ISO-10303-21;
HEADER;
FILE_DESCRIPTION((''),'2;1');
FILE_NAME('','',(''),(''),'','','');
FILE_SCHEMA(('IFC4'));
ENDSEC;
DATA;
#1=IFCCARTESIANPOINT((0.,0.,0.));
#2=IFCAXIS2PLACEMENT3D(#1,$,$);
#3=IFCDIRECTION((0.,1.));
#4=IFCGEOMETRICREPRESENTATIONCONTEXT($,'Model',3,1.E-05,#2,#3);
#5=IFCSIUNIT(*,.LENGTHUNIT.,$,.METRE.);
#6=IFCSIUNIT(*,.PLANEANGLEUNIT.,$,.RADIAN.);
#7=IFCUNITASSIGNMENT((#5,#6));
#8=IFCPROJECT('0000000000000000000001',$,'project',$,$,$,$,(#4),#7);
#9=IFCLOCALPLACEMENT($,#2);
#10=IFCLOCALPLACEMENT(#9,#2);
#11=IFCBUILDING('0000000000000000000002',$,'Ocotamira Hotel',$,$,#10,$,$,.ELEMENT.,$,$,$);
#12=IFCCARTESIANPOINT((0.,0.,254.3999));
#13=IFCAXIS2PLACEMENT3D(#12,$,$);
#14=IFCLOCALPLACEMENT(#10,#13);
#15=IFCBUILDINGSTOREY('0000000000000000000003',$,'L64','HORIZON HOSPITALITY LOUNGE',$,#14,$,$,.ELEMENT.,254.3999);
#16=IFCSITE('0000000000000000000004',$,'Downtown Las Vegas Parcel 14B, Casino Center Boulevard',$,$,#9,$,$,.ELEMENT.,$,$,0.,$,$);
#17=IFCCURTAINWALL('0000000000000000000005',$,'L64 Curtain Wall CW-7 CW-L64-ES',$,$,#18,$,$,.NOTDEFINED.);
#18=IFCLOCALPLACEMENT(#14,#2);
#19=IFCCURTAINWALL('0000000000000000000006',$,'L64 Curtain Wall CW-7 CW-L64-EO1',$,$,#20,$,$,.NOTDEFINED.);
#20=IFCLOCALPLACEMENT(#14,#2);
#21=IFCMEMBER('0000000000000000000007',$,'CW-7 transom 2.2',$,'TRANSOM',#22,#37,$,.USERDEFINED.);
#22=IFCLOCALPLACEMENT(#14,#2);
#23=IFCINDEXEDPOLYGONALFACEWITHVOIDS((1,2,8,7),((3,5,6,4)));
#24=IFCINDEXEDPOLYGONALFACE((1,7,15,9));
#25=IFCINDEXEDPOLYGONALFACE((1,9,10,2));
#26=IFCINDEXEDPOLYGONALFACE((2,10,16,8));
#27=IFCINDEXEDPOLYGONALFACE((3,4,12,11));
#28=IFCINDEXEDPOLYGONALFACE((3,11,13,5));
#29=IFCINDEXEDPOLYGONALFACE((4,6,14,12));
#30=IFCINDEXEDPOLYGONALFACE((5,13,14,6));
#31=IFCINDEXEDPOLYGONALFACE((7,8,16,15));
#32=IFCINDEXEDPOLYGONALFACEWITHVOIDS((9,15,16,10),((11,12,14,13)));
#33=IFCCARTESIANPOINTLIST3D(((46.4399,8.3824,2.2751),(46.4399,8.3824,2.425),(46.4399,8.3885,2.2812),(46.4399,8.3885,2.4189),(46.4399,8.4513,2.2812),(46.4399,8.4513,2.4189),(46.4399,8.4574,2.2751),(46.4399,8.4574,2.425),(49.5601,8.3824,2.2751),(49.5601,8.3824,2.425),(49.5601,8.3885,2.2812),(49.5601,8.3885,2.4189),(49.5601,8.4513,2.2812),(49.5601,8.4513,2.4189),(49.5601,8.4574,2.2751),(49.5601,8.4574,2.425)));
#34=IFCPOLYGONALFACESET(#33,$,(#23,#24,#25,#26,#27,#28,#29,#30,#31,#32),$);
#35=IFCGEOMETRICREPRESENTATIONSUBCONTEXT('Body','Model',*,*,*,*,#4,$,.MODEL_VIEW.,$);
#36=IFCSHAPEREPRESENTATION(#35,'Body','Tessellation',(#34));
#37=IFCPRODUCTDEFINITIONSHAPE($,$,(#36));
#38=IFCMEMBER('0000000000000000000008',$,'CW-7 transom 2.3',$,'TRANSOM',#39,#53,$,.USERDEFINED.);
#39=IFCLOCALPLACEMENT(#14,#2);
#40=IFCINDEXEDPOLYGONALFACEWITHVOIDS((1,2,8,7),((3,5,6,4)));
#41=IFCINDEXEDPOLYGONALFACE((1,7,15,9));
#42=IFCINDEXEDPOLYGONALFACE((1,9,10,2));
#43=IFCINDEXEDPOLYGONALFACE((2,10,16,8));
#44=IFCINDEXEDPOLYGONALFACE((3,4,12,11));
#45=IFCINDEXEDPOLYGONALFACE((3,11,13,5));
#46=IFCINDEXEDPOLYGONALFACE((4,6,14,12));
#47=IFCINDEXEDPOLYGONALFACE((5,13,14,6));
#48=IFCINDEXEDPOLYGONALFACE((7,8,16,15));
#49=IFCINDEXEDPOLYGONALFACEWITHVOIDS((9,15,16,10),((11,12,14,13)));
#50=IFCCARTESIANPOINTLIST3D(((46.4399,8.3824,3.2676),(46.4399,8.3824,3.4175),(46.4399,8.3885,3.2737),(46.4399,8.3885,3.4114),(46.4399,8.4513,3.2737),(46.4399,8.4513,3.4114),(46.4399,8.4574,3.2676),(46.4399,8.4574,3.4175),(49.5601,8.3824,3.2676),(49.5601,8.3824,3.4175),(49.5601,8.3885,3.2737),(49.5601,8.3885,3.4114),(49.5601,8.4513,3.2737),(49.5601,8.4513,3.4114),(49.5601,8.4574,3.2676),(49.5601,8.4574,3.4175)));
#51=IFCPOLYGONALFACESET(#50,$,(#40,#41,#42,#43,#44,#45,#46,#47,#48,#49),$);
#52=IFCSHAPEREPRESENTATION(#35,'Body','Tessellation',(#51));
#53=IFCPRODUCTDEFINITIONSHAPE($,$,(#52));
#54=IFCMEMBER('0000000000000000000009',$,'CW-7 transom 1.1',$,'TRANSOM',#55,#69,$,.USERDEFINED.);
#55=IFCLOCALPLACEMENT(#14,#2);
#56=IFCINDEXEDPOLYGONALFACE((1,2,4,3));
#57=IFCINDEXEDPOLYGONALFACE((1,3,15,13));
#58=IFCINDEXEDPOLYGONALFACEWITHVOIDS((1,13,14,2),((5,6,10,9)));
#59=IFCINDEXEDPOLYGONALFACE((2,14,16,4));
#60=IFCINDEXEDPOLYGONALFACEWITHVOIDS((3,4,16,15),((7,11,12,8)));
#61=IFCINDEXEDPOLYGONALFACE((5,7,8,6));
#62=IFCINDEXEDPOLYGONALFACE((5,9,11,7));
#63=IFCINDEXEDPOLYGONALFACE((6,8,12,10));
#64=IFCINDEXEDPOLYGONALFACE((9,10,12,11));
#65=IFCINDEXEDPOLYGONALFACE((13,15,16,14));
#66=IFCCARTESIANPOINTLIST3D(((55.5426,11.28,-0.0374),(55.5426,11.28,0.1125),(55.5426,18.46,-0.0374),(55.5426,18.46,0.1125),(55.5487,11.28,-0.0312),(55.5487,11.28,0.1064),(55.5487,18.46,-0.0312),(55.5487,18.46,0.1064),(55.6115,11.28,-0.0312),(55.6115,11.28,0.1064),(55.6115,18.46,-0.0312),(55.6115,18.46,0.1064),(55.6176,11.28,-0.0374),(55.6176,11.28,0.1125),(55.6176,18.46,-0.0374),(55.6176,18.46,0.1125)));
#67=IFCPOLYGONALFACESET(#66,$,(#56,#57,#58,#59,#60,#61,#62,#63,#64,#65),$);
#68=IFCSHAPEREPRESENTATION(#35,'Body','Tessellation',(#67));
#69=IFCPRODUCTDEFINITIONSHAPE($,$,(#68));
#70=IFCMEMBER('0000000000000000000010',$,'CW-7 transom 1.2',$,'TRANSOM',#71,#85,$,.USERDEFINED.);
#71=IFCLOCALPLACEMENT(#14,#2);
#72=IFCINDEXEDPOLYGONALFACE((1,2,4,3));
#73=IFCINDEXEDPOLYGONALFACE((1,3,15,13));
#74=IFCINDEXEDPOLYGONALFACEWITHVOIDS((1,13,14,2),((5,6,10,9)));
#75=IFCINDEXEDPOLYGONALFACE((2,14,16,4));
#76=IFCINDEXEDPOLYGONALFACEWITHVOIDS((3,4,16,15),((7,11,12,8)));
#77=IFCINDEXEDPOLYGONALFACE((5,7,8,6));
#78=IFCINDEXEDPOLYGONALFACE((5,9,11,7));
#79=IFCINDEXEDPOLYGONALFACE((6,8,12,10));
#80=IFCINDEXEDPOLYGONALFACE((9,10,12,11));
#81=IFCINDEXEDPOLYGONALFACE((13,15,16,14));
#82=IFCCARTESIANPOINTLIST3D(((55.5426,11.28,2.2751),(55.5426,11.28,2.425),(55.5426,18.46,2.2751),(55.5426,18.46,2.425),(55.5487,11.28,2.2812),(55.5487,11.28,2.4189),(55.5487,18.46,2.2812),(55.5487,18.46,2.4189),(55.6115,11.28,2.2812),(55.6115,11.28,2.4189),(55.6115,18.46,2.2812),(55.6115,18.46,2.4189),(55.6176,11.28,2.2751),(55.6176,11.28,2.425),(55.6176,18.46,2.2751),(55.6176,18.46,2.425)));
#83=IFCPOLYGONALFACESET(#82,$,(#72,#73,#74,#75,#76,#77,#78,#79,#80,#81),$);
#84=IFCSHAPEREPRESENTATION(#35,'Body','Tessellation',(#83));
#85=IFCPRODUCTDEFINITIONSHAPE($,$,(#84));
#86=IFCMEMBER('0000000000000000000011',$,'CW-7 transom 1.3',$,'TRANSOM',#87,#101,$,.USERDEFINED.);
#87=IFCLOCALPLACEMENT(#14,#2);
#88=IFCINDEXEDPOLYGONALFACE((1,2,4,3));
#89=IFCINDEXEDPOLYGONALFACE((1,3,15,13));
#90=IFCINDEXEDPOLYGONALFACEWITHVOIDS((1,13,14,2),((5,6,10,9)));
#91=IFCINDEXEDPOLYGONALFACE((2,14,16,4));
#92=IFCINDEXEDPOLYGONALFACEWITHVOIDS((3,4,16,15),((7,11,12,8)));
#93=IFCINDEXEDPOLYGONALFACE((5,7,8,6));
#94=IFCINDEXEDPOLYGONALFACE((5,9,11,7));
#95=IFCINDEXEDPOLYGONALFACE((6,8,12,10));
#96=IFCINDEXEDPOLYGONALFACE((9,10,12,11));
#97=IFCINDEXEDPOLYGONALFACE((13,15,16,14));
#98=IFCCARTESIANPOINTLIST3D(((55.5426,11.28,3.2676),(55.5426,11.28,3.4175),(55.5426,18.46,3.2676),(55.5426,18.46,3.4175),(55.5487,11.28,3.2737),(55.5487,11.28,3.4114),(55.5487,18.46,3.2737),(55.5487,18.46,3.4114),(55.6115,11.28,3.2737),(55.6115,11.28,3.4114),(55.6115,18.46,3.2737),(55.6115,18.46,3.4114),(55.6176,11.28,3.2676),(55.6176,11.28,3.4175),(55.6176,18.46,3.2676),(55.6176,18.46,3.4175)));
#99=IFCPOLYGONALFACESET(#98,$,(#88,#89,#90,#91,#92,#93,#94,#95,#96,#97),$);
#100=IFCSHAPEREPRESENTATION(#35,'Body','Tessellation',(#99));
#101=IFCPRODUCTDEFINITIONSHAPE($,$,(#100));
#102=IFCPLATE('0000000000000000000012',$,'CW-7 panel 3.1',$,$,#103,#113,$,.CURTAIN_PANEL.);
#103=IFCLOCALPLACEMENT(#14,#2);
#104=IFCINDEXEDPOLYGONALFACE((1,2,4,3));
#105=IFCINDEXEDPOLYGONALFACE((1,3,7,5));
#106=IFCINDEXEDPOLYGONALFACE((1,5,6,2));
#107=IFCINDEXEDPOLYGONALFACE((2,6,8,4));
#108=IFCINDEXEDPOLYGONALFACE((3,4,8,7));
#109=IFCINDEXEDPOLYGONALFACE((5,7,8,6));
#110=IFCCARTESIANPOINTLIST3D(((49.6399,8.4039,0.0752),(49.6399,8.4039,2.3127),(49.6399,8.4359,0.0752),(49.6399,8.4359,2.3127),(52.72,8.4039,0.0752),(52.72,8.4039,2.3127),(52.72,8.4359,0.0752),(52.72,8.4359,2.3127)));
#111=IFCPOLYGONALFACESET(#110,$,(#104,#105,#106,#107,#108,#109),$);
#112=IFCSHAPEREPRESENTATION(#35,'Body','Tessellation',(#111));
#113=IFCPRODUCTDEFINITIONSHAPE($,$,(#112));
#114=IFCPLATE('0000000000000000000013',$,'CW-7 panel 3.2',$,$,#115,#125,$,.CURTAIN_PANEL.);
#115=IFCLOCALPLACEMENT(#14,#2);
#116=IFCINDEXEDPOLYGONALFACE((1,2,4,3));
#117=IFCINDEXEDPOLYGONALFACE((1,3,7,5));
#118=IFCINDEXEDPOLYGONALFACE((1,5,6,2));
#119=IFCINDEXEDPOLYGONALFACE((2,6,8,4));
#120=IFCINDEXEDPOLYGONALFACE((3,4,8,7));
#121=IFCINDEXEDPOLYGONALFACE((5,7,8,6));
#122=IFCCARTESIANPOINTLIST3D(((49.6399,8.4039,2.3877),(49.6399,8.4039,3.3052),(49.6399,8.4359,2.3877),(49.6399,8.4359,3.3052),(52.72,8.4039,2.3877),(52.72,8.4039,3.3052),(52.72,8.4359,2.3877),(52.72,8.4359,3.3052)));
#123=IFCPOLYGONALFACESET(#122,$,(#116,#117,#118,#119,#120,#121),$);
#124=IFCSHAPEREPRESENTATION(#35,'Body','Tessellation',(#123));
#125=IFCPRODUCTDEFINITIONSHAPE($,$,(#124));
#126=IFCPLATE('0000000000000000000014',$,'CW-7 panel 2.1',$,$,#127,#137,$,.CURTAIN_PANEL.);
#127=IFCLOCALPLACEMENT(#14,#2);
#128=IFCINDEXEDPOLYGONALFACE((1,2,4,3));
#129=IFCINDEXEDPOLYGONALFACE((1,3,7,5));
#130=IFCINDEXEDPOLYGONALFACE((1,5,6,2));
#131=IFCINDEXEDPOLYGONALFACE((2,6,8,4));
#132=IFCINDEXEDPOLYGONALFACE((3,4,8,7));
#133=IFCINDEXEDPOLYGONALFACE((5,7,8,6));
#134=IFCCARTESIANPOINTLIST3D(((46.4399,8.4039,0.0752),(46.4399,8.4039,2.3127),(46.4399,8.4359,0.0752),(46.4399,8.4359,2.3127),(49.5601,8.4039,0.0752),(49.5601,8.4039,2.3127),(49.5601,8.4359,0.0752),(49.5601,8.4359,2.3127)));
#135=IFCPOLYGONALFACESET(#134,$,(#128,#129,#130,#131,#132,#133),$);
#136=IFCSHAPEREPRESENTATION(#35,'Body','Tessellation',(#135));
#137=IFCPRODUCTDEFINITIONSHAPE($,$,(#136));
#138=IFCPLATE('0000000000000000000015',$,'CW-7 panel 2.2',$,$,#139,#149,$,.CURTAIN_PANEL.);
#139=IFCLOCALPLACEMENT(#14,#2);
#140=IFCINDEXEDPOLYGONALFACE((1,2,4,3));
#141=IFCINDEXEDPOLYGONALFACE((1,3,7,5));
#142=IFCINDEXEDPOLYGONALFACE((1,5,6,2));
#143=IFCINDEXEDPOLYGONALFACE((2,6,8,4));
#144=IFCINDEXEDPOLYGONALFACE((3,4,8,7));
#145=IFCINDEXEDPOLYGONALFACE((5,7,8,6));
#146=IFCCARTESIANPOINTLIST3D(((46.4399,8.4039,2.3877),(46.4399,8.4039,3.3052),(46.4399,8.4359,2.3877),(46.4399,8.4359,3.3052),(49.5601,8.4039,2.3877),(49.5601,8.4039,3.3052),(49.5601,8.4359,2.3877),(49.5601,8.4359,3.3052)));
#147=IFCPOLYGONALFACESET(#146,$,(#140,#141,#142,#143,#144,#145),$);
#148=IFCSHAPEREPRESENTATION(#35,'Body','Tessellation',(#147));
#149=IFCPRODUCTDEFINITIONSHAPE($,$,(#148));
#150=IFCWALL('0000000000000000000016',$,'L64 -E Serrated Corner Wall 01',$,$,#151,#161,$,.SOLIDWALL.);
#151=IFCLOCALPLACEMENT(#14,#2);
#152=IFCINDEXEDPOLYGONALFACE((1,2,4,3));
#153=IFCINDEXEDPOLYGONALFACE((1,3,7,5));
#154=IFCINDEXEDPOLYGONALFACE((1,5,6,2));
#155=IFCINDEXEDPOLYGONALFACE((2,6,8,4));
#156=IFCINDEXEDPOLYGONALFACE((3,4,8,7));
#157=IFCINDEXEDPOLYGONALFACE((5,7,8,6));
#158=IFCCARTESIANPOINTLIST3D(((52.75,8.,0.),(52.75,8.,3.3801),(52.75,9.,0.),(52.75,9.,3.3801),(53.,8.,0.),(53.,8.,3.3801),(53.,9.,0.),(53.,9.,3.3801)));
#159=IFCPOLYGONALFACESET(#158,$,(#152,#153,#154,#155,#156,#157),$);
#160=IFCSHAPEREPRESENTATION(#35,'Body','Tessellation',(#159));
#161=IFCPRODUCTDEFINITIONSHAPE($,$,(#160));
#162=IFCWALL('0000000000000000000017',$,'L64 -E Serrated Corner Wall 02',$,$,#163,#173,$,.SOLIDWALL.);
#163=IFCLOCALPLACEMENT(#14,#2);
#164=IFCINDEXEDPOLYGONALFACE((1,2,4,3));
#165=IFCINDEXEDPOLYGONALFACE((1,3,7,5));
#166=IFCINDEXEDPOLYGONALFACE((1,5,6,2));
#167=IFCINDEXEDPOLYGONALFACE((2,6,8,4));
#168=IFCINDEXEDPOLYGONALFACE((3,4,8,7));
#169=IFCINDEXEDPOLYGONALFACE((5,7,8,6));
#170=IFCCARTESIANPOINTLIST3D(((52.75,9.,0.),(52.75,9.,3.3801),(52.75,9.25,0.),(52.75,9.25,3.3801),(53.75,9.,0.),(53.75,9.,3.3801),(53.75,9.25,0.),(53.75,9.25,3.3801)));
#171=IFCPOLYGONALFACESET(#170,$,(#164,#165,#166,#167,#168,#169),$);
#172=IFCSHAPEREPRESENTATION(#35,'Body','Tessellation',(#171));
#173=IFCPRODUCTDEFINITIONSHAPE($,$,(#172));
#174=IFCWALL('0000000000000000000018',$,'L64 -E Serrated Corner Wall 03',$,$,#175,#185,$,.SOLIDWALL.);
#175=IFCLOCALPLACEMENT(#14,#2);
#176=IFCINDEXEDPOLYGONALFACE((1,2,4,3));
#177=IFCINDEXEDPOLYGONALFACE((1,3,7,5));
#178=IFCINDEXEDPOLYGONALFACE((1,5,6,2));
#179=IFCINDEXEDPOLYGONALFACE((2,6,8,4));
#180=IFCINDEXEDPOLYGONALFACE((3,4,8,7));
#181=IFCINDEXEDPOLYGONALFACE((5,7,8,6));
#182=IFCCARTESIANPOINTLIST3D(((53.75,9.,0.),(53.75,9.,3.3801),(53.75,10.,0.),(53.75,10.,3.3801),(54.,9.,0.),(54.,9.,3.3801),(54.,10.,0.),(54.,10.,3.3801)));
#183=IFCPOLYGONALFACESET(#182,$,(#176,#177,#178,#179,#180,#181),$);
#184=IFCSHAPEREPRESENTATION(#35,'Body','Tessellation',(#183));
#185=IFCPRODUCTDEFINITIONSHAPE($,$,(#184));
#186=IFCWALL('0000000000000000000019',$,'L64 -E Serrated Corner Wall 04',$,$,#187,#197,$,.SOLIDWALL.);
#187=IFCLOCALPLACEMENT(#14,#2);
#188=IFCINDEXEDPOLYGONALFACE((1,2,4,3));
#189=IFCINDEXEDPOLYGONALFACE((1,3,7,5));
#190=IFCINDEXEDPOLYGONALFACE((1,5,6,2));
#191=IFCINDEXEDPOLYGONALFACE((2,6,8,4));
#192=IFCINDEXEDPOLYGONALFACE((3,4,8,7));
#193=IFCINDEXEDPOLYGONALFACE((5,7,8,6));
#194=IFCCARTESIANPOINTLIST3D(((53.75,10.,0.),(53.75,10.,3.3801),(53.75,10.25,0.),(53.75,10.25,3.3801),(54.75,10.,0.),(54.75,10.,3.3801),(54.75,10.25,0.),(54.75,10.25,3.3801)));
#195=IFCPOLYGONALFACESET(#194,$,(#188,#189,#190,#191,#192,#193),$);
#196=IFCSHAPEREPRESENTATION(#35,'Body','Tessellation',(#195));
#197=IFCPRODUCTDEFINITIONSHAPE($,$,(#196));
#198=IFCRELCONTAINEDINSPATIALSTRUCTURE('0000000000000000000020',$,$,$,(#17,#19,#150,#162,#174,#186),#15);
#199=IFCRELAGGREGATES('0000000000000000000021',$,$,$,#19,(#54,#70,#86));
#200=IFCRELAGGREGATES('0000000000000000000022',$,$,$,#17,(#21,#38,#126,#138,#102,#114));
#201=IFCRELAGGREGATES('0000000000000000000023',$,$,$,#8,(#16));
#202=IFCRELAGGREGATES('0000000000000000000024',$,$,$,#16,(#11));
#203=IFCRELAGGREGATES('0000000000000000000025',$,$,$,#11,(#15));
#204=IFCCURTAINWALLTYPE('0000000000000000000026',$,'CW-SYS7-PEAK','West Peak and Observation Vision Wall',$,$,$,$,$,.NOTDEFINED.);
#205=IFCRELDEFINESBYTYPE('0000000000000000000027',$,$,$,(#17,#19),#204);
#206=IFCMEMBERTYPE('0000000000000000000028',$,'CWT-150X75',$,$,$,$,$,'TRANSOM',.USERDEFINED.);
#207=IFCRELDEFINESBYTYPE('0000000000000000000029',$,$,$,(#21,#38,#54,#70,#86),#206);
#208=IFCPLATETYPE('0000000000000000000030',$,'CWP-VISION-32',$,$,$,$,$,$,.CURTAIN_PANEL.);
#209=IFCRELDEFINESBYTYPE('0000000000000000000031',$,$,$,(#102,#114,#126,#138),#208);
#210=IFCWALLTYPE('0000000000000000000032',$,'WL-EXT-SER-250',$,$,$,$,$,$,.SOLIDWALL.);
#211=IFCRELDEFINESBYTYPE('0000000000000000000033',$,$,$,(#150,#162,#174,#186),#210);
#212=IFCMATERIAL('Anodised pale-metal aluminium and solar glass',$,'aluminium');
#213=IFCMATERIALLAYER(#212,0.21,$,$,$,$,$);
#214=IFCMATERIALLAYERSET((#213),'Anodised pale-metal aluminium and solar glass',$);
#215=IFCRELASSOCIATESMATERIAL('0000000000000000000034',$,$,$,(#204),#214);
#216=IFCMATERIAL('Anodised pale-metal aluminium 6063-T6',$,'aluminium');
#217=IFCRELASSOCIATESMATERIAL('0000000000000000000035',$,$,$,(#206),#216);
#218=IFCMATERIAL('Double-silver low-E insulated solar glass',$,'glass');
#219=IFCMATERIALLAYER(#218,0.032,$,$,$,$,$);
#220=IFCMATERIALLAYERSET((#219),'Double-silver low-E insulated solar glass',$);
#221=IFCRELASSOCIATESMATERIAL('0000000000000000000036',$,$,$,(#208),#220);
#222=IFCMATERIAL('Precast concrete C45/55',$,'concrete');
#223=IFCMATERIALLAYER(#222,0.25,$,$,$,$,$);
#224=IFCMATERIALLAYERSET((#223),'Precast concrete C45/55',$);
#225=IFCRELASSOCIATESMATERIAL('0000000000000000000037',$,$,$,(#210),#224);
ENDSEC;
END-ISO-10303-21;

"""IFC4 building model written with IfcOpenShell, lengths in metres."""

from ifc_helpers import new_model, si_unit, direction, frame, frame_2d, origin, origin_2d, place, context, subcontext, project, spatial, rectangle, hollow_rectangle, extrude, source, transform, mapped, material, layer, layer_set, material_profile, profile_set, type_object, element, aggregate, save


model = new_model("IFC4")

# Units and contexts
model_context = context("Model", 3, precision=1e-05, world=origin(), true_north=direction((0.0, 1.0)))
body_context = subcontext(model_context, "Body", "Model", "MODEL_VIEW")
ifc_project = project(units=[si_unit("LENGTHUNIT", "METRE"), si_unit("PLANEANGLEUNIT", "RADIAN")], contexts=[model_context])

# Site, building, storey
site_placement = place(None, origin())
site = spatial("IfcSite", under=ifc_project, at=site_placement, Name="Downtown Las Vegas Parcel 14B, Casino Center Boulevard", CompositionType="ELEMENT", RefElevation=0.0)
building_placement = place(site_placement, origin())
building = spatial("IfcBuilding", under=site, at=building_placement, Name="Ocotamira Hotel", CompositionType="ELEMENT")
storey_placement = place(building_placement, frame((0.0, 0.0, 254.3999)))
storey = spatial("IfcBuildingStorey", under=building, at=storey_placement, Name="L64", Description="HORIZON HOSPITALITY LOUNGE", CompositionType="ELEMENT", Elevation=254.3999)

# Curtain wall
ifc_material_1 = material(Name="Anodised pale-metal aluminium and solar glass", Category="aluminium")
ifc_layer_1 = layer(ifc_material_1, 0.21)
ifc_layer_set_1 = layer_set([ifc_layer_1], Name="Anodised pale-metal aluminium and solar glass")
curtain_wall_type = type_object("IfcCurtainWallType", Name="CW-SYS7-PEAK", Description="West Peak and Observation Vision Wall", PredefinedType="NOTDEFINED", material=ifc_layer_set_1)
curtain_wall_1_placement = place(storey_placement, origin())
curtain_wall_1 = element("IfcCurtainWall", 1, at=curtain_wall_1_placement, inside=storey, type_object=curtain_wall_type, Name="L64 Curtain Wall CW-7 CW-L64-ES", PredefinedType="NOTDEFINED")
ifc_material_2 = material(Name="Anodised pale-metal aluminium 6063-T6", Category="aluminium")

# Curtain wall
curtain_wall_2_placement = place(storey_placement, origin())
curtain_wall_2 = element("IfcCurtainWall", 2, at=curtain_wall_2_placement, inside=storey, type_object=curtain_wall_type, Name="L64 Curtain Wall CW-7 CW-L64-EO1", PredefinedType="NOTDEFINED")

# Members
ifc_material_profile_1 = material_profile(ifc_material_2, hollow_rectangle(XDim=0.075, YDim=0.1499, WallThickness=0.0061, at=origin_2d()), Name="HSS150X75X6")
ifc_profile_set_1 = profile_set([ifc_material_profile_1], Name="Anodised pale-metal aluminium 6063-T6")
member_type_1 = type_object("IfcMemberType", Name="CWT-150X75", ElementType="TRANSOM", PredefinedType="USERDEFINED", material=ifc_profile_set_1)
shared_shape_1 = source(origin(), body_context, "Body", "SweptSolid", [
    extrude(hollow_rectangle(XDim=0.075, YDim=0.1499, WallThickness=0.0061, at=origin_2d()), origin(), (0.0, 0.0, 1.0), 3.1201),
])
member_1_placement = place(storey_placement, frame((46.4399, 8.4199, 2.3501), z_axis=(1.0, 0.0, 0.0), x_axis=(0.0, 1.0, 0.0)))
member_1 = element("IfcMember", 3, at=member_1_placement, type_object=member_type_1, Name="CW-7 transom 2.2", ObjectType="TRANSOM", PredefinedType="USERDEFINED", context=body_context, shape_type="MappedRepresentation", body=[
    mapped(shared_shape_1, transform((0.0, 0.0, 0.0), scale=1.0)),
])
member_2_placement = place(storey_placement, frame((46.4399, 8.4199, 3.3425), z_axis=(1.0, 0.0, 0.0), x_axis=(0.0, 1.0, 0.0)))
member_2 = element("IfcMember", 4, at=member_2_placement, type_object=member_type_1, Name="CW-7 transom 2.3", ObjectType="TRANSOM", PredefinedType="USERDEFINED", context=body_context, shape_type="MappedRepresentation", body=[
    mapped(shared_shape_1, transform((0.0, 0.0, 0.0), scale=1.0)),
])
shared_shape_2 = source(origin(), body_context, "Body", "SweptSolid", [
    extrude(hollow_rectangle(XDim=0.075, YDim=0.1499, WallThickness=0.0061, at=origin_2d()), origin(), (0.0, 0.0, 1.0), 7.1799),
])
member_3_placement = place(storey_placement, frame((55.5801, 11.28, 0.0376), z_axis=(0.0, 1.0, 0.0), x_axis=(-1.0, 0.0, 0.0)))
member_3 = element("IfcMember", 5, at=member_3_placement, type_object=member_type_1, Name="CW-7 transom 1.1", ObjectType="TRANSOM", PredefinedType="USERDEFINED", context=body_context, shape_type="MappedRepresentation", body=[
    mapped(shared_shape_2, transform((0.0, 0.0, 0.0), scale=1.0)),
])
member_4_placement = place(storey_placement, frame((55.5801, 11.28, 2.3501), z_axis=(0.0, 1.0, 0.0), x_axis=(-1.0, 0.0, 0.0)))
member_4 = element("IfcMember", 6, at=member_4_placement, type_object=member_type_1, Name="CW-7 transom 1.2", ObjectType="TRANSOM", PredefinedType="USERDEFINED", context=body_context, shape_type="MappedRepresentation", body=[
    mapped(shared_shape_2, transform((0.0, 0.0, 0.0), scale=1.0)),
])
member_5_placement = place(storey_placement, frame((55.5801, 11.28, 3.3425), z_axis=(0.0, 1.0, 0.0), x_axis=(-1.0, 0.0, 0.0)))
member_5 = element("IfcMember", 7, at=member_5_placement, type_object=member_type_1, Name="CW-7 transom 1.3", ObjectType="TRANSOM", PredefinedType="USERDEFINED", context=body_context, shape_type="MappedRepresentation", body=[
    mapped(shared_shape_2, transform((0.0, 0.0, 0.0), scale=1.0)),
])
aggregate(curtain_wall_2, [member_3, member_4, member_5])

# Plates
ifc_material_3 = material(Name="Double-silver low-E insulated solar glass", Category="glass")
ifc_layer_2 = layer(ifc_material_3, 0.032)
ifc_layer_set_2 = layer_set([ifc_layer_2], Name="Double-silver low-E insulated solar glass")
plate_type = type_object("IfcPlateType", Name="CWP-VISION-32", PredefinedType="CURTAIN_PANEL", material=ifc_layer_set_2)
shared_shape_3 = source(origin(), body_context, "Body", "SweptSolid", [
    extrude(rectangle(XDim=3.0801, YDim=0.032, at=origin_2d()), origin(), (0.0, 0.0, 1.0), 2.2375),
])
plate_1_placement = place(storey_placement, frame((51.1799, 8.4199, 0.0752), z_axis=(0.0, 0.0, 1.0), x_axis=(1.0, 0.0, 0.0)))
plate_1 = element("IfcPlate", 8, at=plate_1_placement, type_object=plate_type, Name="CW-7 panel 3.1", PredefinedType="CURTAIN_PANEL", context=body_context, shape_type="MappedRepresentation", body=[
    mapped(shared_shape_3, transform((0.0, 0.0, 0.0), scale=1.0)),
])
shared_shape_4 = source(origin(), body_context, "Body", "SweptSolid", [
    extrude(rectangle(XDim=3.0801, YDim=0.032, at=origin_2d()), origin(), (0.0, 0.0, 1.0), 0.9175),
])
plate_2_placement = place(storey_placement, frame((51.1799, 8.4199, 2.3877), z_axis=(0.0, 0.0, 1.0), x_axis=(1.0, 0.0, 0.0)))
plate_2 = element("IfcPlate", 9, at=plate_2_placement, type_object=plate_type, Name="CW-7 panel 3.2", PredefinedType="CURTAIN_PANEL", context=body_context, shape_type="MappedRepresentation", body=[
    mapped(shared_shape_4, transform((0.0, 0.0, 0.0), scale=1.0)),
])
shared_shape_5 = source(origin(), body_context, "Body", "SweptSolid", [
    extrude(rectangle(XDim=3.1201, YDim=0.032, at=origin_2d()), origin(), (0.0, 0.0, 1.0), 2.2375),
])
plate_3_placement = place(storey_placement, frame((48.0, 8.4199, 0.0752), z_axis=(0.0, 0.0, 1.0), x_axis=(1.0, 0.0, 0.0)))
plate_3 = element("IfcPlate", 10, at=plate_3_placement, type_object=plate_type, Name="CW-7 panel 2.1", PredefinedType="CURTAIN_PANEL", context=body_context, shape_type="MappedRepresentation", body=[
    mapped(shared_shape_5, transform((0.0, 0.0, 0.0), scale=1.0)),
])
shared_shape_6 = source(origin(), body_context, "Body", "SweptSolid", [
    extrude(rectangle(XDim=3.1201, YDim=0.032, at=origin_2d()), origin(), (0.0, 0.0, 1.0), 0.9175),
])
plate_4_placement = place(storey_placement, frame((48.0, 8.4199, 2.3877), z_axis=(0.0, 0.0, 1.0), x_axis=(1.0, 0.0, 0.0)))
plate_4 = element("IfcPlate", 11, at=plate_4_placement, type_object=plate_type, Name="CW-7 panel 2.2", PredefinedType="CURTAIN_PANEL", context=body_context, shape_type="MappedRepresentation", body=[
    mapped(shared_shape_6, transform((0.0, 0.0, 0.0), scale=1.0)),
])
aggregate(curtain_wall_1, [member_1, member_2, plate_3, plate_4, plate_1, plate_2])

# Walls
ifc_material_4 = material(Name="Precast concrete C45/55", Category="concrete")
ifc_layer_3 = layer(ifc_material_4, 0.25)
ifc_layer_set_3 = layer_set([ifc_layer_3], Name="Precast concrete C45/55")
wall_type_1 = type_object("IfcWallType", Name="WL-EXT-SER-250", PredefinedType="SOLIDWALL", material=ifc_layer_set_3)
for number, where, z_axis, x_axis, name in (
    (12, (52.875, 8.0, 0.0), (0.0, 0.0, 1.0), (0.0, 1.0, 0.0), "L64 -E Serrated Corner Wall 01"),
    (13, (52.75, 9.125, 0.0), (0.0, 0.0, 1.0), (1.0, 0.0, 0.0), "L64 -E Serrated Corner Wall 02"),
    (14, (53.875, 9.0, 0.0), (0.0, 0.0, 1.0), (0.0, 1.0, 0.0), "L64 -E Serrated Corner Wall 03"),
    (15, (53.75, 10.125, 0.0), (0.0, 0.0, 1.0), (1.0, 0.0, 0.0), "L64 -E Serrated Corner Wall 04"),
):
    element("IfcWall", number, at=place(storey_placement, frame(where, z_axis=z_axis, x_axis=x_axis)), inside=storey, type_object=wall_type_1, Name=name, PredefinedType="SOLIDWALL", context=body_context, shape_type="SweptSolid", body=[
        extrude(rectangle(XDim=1.0, YDim=0.25, at=frame_2d((0.5, 0.0))), origin(), (0.0, 0.0, 1.0), 3.3801),
    ])

save(model, "model.ifc")
